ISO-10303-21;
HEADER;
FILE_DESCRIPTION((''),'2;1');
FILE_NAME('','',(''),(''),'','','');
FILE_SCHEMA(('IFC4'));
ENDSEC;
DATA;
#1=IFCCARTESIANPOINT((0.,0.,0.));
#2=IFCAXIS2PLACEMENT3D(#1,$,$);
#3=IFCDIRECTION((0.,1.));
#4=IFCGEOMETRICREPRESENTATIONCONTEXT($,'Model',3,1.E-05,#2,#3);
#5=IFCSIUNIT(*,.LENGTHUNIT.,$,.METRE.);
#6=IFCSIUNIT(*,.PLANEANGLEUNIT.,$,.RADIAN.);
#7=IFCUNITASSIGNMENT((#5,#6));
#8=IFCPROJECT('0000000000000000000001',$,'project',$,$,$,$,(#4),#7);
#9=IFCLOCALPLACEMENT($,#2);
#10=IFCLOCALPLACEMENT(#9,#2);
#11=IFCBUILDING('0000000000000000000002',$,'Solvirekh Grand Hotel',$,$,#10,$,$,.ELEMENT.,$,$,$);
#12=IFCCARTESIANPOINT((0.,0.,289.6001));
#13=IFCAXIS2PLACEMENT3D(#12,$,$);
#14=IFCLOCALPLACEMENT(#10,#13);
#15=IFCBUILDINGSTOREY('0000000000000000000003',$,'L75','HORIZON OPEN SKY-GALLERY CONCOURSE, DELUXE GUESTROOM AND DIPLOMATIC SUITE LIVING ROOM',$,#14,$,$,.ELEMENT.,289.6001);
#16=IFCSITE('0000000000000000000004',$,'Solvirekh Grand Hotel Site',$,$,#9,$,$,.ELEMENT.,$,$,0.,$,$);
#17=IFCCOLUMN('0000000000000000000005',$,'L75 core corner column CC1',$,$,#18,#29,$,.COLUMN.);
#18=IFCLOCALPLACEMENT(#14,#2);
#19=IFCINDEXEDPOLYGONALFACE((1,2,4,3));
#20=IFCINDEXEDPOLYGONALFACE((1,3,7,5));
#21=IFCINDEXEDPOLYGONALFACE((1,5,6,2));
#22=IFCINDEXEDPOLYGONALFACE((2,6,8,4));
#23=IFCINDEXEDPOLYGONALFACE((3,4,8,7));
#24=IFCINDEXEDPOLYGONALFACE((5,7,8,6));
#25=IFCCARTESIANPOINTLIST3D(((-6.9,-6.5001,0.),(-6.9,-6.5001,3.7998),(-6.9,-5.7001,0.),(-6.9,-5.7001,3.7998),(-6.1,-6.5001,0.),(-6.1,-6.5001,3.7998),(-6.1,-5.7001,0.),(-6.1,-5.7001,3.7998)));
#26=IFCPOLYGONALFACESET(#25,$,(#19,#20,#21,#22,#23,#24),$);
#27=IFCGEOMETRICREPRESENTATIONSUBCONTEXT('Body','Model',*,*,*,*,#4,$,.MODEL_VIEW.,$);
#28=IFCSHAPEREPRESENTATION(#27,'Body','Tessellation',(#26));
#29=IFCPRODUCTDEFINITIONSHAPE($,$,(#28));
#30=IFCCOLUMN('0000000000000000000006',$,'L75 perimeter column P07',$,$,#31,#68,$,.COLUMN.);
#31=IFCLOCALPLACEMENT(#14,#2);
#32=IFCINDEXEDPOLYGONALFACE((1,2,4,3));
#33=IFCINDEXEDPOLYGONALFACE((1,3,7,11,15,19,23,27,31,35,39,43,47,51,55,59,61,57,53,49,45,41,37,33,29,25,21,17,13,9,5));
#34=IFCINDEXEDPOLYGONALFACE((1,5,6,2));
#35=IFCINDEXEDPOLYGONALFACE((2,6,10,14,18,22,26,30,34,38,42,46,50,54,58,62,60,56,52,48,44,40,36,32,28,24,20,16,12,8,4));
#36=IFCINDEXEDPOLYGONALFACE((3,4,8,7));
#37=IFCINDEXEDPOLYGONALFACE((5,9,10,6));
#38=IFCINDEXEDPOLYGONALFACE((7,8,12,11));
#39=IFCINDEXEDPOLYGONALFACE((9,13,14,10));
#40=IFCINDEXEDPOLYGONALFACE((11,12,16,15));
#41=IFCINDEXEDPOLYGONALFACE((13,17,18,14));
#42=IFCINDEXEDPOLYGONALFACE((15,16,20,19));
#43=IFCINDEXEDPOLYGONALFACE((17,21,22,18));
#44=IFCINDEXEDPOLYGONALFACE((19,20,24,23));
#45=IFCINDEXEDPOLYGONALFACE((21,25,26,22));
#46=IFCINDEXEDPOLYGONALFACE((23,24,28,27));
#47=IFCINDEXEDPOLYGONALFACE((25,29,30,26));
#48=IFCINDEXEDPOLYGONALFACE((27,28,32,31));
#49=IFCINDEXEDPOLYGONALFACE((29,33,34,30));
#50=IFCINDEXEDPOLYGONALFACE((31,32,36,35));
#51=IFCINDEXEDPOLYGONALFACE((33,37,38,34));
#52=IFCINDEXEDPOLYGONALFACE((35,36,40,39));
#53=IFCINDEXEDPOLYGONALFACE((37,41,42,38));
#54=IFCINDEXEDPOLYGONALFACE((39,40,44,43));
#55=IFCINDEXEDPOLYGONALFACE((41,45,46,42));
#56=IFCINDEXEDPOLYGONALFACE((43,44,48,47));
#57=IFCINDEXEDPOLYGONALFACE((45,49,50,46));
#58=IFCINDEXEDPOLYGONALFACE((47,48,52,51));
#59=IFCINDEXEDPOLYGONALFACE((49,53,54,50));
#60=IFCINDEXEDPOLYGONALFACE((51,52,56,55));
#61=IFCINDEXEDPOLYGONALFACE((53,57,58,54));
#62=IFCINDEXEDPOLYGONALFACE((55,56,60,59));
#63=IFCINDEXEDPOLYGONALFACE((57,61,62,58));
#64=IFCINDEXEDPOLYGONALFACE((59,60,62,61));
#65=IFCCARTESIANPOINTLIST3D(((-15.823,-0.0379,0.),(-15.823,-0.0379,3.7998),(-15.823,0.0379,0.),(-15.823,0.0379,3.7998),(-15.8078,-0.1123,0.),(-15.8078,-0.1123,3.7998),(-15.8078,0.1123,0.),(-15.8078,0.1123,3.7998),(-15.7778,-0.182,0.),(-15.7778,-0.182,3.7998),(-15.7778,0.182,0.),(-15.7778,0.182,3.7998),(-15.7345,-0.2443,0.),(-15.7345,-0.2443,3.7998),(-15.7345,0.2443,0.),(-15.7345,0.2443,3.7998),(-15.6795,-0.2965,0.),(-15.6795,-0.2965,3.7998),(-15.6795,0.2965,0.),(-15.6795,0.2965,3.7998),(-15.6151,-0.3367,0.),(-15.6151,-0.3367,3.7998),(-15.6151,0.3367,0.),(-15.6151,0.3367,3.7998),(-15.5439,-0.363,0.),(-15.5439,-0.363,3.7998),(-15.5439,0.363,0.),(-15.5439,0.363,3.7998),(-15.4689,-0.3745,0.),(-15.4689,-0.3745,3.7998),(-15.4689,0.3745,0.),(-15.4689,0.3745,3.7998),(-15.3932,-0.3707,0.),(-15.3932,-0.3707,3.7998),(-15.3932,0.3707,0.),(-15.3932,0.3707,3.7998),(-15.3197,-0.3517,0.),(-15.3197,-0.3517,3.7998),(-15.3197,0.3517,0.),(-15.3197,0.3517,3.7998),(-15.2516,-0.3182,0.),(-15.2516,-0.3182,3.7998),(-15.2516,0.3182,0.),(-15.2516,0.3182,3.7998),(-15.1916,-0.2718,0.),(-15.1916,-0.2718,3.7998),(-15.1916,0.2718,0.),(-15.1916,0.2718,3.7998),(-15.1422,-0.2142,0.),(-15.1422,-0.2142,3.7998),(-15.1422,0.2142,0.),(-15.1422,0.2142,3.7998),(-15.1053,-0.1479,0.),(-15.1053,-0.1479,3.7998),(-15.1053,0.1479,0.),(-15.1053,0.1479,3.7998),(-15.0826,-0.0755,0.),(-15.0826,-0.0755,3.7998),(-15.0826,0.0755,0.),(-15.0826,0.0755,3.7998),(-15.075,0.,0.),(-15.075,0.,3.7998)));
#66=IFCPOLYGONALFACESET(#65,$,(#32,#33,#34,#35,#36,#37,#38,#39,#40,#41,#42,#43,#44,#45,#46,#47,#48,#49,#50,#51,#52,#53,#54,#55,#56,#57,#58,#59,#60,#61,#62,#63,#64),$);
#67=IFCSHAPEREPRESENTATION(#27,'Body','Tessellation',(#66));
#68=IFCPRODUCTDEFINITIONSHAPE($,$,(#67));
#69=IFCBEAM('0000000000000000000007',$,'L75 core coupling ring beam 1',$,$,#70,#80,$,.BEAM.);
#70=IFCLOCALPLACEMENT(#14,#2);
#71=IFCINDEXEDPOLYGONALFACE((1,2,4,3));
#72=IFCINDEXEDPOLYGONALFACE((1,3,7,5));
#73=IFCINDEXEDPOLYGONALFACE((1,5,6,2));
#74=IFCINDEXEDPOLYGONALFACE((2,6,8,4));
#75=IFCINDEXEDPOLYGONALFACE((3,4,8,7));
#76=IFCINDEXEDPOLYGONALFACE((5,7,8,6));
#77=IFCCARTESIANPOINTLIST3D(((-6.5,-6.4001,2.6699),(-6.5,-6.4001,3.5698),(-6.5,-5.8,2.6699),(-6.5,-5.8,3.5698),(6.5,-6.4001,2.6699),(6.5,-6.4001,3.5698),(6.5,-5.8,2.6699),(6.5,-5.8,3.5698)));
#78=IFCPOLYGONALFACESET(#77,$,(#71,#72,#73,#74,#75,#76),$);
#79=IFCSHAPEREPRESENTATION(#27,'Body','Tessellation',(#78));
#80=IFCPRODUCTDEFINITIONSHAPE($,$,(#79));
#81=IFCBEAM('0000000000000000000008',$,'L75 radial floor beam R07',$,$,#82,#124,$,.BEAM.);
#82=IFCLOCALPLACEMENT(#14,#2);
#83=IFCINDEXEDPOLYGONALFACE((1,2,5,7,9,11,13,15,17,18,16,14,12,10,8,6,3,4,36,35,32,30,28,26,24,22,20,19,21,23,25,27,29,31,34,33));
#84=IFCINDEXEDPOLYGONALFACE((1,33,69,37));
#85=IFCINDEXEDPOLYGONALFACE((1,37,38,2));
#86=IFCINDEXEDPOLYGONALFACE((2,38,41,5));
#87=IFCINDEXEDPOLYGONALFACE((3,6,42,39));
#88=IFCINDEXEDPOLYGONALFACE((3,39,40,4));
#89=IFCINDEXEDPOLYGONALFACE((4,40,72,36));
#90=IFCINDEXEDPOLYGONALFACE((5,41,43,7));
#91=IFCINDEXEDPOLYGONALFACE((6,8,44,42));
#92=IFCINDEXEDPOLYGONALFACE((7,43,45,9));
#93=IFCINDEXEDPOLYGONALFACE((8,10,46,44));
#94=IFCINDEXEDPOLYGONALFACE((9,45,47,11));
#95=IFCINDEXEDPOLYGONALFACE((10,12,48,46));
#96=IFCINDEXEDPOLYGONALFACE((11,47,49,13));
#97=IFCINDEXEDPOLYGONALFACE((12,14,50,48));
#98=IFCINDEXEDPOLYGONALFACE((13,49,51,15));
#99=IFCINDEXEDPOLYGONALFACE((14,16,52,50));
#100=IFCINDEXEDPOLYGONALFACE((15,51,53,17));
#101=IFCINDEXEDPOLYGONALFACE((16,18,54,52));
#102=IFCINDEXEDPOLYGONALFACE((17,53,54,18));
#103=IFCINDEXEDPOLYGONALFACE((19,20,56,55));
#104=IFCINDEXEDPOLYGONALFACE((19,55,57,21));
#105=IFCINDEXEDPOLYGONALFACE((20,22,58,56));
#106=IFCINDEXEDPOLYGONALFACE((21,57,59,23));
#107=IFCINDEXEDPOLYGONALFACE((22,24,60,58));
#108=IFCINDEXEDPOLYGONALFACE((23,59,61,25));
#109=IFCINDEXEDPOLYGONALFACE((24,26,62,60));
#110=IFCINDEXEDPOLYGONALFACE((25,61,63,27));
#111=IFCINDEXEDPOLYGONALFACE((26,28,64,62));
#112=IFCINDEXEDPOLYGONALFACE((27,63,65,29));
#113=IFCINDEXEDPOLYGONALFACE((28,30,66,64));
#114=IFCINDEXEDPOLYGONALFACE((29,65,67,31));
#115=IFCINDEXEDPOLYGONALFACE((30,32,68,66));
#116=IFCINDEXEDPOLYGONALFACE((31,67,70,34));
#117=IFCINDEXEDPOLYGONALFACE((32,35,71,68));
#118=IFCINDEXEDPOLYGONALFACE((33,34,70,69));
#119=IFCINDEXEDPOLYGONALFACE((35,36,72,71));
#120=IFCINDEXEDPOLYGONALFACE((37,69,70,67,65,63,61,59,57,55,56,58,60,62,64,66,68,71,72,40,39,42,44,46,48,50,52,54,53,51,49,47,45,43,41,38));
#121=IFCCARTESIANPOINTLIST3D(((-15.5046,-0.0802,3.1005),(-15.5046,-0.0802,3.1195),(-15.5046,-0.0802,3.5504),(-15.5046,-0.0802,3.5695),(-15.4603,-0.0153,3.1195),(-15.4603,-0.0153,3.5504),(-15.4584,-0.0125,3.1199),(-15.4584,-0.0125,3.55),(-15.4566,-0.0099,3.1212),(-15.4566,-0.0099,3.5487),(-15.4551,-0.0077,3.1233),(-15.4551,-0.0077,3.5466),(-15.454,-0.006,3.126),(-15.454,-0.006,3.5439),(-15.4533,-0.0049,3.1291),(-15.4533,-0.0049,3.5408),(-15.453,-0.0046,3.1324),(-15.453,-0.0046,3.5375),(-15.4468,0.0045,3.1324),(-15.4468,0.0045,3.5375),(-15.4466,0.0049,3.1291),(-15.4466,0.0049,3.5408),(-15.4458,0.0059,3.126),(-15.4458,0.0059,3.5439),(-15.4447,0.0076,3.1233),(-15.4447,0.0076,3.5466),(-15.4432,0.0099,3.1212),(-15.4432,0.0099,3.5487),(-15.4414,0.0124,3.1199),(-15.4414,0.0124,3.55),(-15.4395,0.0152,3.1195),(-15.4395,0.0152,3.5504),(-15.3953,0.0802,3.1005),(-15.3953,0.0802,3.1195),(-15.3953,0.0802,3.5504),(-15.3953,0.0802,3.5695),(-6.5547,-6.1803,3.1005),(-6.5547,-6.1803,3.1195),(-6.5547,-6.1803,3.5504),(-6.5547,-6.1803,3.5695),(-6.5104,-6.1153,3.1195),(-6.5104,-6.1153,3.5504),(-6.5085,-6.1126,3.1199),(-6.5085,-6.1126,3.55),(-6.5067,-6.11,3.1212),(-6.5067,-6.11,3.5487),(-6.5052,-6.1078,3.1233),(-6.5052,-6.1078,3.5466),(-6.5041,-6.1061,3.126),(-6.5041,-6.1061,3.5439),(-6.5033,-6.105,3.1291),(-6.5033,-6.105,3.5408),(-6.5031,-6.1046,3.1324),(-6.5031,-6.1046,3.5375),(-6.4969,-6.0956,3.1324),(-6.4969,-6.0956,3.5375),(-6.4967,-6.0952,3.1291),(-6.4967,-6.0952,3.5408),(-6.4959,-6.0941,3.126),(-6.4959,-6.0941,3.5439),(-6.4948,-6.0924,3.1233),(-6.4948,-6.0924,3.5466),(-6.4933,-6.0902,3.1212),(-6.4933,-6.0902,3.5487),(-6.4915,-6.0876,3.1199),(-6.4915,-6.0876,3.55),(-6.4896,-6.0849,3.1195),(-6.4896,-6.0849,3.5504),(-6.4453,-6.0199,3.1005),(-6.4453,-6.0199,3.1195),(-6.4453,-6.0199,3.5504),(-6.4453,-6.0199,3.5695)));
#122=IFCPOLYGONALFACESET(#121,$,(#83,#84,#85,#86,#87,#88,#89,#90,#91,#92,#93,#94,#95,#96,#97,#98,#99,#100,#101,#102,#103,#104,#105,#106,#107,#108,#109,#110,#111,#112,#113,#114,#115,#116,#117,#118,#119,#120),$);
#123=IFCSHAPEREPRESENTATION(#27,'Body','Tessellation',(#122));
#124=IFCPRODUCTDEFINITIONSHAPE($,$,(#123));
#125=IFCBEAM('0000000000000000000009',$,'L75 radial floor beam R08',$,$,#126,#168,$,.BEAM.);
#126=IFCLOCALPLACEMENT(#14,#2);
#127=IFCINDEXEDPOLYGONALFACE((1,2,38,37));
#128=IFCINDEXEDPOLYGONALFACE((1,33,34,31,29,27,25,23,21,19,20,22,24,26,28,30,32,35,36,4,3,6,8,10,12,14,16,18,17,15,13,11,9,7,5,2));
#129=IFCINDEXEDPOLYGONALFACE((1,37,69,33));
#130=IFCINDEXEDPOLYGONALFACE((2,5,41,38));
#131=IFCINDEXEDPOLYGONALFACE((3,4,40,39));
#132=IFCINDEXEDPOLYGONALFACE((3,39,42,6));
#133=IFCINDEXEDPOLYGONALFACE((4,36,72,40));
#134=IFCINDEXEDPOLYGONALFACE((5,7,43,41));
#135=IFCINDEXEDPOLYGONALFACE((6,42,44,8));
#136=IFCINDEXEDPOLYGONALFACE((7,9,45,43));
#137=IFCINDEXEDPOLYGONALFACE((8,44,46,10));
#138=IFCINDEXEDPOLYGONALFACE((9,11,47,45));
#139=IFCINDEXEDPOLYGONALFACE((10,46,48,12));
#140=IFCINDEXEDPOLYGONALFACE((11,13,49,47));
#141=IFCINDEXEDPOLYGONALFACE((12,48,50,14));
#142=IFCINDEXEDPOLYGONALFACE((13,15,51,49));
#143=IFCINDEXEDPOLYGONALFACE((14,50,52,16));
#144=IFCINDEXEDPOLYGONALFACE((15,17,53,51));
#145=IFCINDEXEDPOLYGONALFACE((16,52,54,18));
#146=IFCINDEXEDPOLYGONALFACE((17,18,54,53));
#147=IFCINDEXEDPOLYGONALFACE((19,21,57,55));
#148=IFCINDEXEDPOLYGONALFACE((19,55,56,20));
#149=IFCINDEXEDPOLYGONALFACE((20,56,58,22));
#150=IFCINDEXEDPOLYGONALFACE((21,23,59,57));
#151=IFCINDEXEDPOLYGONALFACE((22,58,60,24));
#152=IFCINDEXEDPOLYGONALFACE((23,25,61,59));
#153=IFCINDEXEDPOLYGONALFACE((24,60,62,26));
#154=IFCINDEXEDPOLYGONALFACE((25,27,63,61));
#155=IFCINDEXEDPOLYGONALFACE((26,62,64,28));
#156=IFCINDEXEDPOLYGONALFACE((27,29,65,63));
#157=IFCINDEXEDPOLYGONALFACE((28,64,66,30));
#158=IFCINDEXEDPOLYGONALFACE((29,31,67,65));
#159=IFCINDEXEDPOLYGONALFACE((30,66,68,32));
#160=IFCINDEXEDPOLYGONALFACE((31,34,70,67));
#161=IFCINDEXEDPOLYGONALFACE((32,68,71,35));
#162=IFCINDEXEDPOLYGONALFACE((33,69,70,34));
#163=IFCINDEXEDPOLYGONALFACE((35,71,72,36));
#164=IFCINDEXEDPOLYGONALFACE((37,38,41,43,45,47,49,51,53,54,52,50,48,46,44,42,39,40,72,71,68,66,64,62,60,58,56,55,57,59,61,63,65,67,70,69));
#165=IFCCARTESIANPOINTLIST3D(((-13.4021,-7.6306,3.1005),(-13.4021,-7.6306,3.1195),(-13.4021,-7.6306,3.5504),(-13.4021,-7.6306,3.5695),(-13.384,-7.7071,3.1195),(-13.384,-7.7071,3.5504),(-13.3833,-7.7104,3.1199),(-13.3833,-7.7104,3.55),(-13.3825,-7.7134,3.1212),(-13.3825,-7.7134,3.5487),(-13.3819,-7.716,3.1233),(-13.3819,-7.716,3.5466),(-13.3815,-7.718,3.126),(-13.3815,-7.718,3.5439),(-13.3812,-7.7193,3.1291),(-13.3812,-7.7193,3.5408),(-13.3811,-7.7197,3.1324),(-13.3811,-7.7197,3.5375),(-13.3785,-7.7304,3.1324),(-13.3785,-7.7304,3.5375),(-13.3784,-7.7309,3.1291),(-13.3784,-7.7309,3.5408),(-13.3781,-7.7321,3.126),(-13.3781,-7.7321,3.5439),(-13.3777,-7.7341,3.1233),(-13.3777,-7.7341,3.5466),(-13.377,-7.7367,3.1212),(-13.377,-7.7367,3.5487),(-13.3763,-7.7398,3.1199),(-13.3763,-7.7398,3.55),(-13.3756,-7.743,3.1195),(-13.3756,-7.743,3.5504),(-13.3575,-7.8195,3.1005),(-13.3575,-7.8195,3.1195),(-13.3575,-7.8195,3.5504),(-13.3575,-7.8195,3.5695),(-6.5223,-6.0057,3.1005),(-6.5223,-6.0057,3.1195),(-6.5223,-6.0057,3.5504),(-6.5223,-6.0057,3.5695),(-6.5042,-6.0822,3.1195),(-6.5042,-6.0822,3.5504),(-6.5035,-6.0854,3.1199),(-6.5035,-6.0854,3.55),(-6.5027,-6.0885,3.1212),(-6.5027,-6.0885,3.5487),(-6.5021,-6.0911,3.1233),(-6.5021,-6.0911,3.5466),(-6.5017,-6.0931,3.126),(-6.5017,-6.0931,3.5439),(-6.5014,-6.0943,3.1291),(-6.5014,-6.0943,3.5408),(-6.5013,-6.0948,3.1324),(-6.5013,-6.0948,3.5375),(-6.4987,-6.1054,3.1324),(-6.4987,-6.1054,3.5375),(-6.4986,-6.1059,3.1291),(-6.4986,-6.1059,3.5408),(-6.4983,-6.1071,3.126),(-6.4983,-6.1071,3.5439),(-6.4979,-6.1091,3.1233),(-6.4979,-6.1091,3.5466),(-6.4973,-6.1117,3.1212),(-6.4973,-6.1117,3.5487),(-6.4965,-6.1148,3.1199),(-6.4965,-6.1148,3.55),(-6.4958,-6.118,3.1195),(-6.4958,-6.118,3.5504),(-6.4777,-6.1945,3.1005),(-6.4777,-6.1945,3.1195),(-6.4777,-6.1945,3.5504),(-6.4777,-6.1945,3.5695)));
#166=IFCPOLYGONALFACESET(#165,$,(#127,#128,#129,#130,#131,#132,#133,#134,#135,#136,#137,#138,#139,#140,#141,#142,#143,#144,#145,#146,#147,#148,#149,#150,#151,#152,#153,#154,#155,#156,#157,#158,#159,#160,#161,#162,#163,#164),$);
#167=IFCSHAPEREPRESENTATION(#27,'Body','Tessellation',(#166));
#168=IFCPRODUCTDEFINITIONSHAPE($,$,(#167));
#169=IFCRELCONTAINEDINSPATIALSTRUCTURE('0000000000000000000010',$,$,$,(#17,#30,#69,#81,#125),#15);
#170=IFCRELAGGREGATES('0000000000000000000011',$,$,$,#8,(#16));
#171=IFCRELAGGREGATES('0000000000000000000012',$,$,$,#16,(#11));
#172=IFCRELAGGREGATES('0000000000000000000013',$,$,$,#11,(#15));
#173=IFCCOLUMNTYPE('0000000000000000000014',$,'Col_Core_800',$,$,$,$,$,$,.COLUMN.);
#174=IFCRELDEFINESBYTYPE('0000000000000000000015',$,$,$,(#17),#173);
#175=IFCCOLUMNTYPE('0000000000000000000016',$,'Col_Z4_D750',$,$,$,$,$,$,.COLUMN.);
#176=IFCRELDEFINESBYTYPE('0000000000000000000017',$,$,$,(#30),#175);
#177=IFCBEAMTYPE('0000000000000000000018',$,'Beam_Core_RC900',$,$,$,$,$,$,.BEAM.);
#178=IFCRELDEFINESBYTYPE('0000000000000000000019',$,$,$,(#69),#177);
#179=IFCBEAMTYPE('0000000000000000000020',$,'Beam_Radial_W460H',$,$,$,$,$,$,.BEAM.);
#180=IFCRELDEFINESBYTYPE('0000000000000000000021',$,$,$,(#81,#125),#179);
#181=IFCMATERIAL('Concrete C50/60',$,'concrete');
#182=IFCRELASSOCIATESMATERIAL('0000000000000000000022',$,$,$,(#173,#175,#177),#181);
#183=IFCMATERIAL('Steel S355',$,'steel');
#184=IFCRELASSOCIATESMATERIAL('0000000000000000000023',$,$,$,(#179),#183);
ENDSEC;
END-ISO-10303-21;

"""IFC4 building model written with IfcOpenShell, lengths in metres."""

from ifc_helpers import new_model, si_unit, direction, frame, origin, origin_2d, place, context, subcontext, project, spatial, rectangle, circle, i_section, extrude, material, material_profile, profile_set, type_object, element, save


model = new_model("IFC4")

# Units and contexts
model_context = context("Model", 3, precision=1e-05, world=origin(), true_north=direction((0.0, 1.0)))
body_context = subcontext(model_context, "Body", "Model", "MODEL_VIEW")
ifc_project = project(units=[si_unit("LENGTHUNIT", "METRE"), si_unit("PLANEANGLEUNIT", "RADIAN")], contexts=[model_context])

# Site, building, storey
site_placement = place(None, origin())
site = spatial("IfcSite", under=ifc_project, at=site_placement, Name="Solvirekh Grand Hotel Site", CompositionType="ELEMENT", RefElevation=0.0)
building_placement = place(site_placement, origin())
building = spatial("IfcBuilding", under=site, at=building_placement, Name="Solvirekh Grand Hotel", CompositionType="ELEMENT")
storey_placement = place(building_placement, frame((0.0, 0.0, 289.6001)))
storey = spatial("IfcBuildingStorey", under=building, at=storey_placement, Name="L75", Description="HORIZON OPEN SKY-GALLERY CONCOURSE, DELUXE GUESTROOM AND DIPLOMATIC SUITE LIVING ROOM", CompositionType="ELEMENT", Elevation=289.6001)

# Columns
ifc_material_1 = material(Name="Concrete C50/60", Category="concrete")
ifc_material_profile_1 = material_profile(ifc_material_1, rectangle(XDim=0.8, YDim=0.8, at=origin_2d()), Name="RC 800X800")
ifc_profile_set_1 = profile_set([ifc_material_profile_1], Name="Concrete C50/60")
column_type_1 = type_object("IfcColumnType", Name="Col_Core_800", PredefinedType="COLUMN", material=ifc_profile_set_1)
column_1_placement = place(storey_placement, frame((-6.5, -6.1001, 0.0), z_axis=(0.0, 0.0, 1.0), x_axis=(1.0, 0.0, 0.0)))
element("IfcColumn", 1, at=column_1_placement, inside=storey, type_object=column_type_1, Name="L75 core corner column CC1", PredefinedType="COLUMN", context=body_context, shape_type="SweptSolid", body=[
    extrude(rectangle(XDim=0.8, YDim=0.8, at=origin_2d()), origin(), (0.0, 0.0, 1.0), 3.7998),
])
ifc_material_profile_2 = material_profile(ifc_material_1, circle(Radius=0.375, at=origin_2d()), Name="RC CIRC D750")
ifc_profile_set_2 = profile_set([ifc_material_profile_2], Name="Concrete C50/60")
column_type_2 = type_object("IfcColumnType", Name="Col_Z4_D750", PredefinedType="COLUMN", material=ifc_profile_set_2)
column_2_placement = place(storey_placement, frame((-15.45, 0.0, 0.0), z_axis=(0.0, 0.0, 1.0), x_axis=(1.0, 0.0, 0.0)))
element("IfcColumn", 2, at=column_2_placement, inside=storey, type_object=column_type_2, Name="L75 perimeter column P07", PredefinedType="COLUMN", context=body_context, shape_type="SweptSolid", body=[
    extrude(circle(Radius=0.375, at=origin_2d()), origin(), (0.0, 0.0, 1.0), 3.7998),
])

# Beams
ifc_material_profile_3 = material_profile(ifc_material_1, rectangle(XDim=0.6001, YDim=0.8999, at=origin_2d()), Name="RC BEAM 600X900")
ifc_profile_set_3 = profile_set([ifc_material_profile_3], Name="Concrete C50/60")
beam_type_1 = type_object("IfcBeamType", Name="Beam_Core_RC900", PredefinedType="BEAM", material=ifc_profile_set_3)
beam_1_placement = place(storey_placement, frame((-6.5, -6.1001, 3.1199), z_axis=(1.0, 0.0, 0.0), x_axis=(0.0, 1.0, 0.0)))
element("IfcBeam", 3, at=beam_1_placement, inside=storey, type_object=beam_type_1, Name="L75 core coupling ring beam 1", PredefinedType="BEAM", context=body_context, shape_type="SweptSolid", body=[
    extrude(rectangle(XDim=0.6001, YDim=0.8999, at=origin_2d()), origin(), (0.0, 0.0, 1.0), 13.0),
])
ifc_material_2 = material(Name="Steel S355", Category="steel")
ifc_material_profile_4 = material_profile(ifc_material_2, i_section(OverallWidth=0.1941, OverallDepth=0.469, WebThickness=0.011, FlangeThickness=0.019, FilletRadius=0.0129, at=origin_2d()), Name="W460X106")
ifc_profile_set_4 = profile_set([ifc_material_profile_4], Name="Steel S355")
beam_type_2 = type_object("IfcBeamType", Name="Beam_Radial_W460H", PredefinedType="BEAM", material=ifc_profile_set_4)
beam_2_placement = place(storey_placement, frame((-6.5, -6.1001, 3.335), z_axis=(-0.826319, 0.563202, 0.0), x_axis=(-0.563202, -0.826319, 0.0)))
element("IfcBeam", 4, at=beam_2_placement, inside=storey, type_object=beam_type_2, Name="L75 radial floor beam R07", PredefinedType="BEAM", context=body_context, shape_type="SweptSolid", body=[
    extrude(i_section(OverallWidth=0.1941, OverallDepth=0.469, WebThickness=0.011, FlangeThickness=0.019, FilletRadius=0.0129, at=origin_2d()), origin(), (0.0, 0.0, 1.0), 10.8311),
])
beam_3_placement = place(storey_placement, frame((-6.5, -6.1001, 3.335), z_axis=(-0.973221, -0.229871, 0.0), x_axis=(0.229871, -0.973221, 0.0)))
element("IfcBeam", 5, at=beam_3_placement, inside=storey, type_object=beam_type_2, Name="L75 radial floor beam R08", PredefinedType="BEAM", context=body_context, shape_type="SweptSolid", body=[
    extrude(i_section(OverallWidth=0.1941, OverallDepth=0.469, WebThickness=0.011, FlangeThickness=0.019, FilletRadius=0.0129, at=origin_2d()), origin(), (0.0, 0.0, 1.0), 7.0691),
])

save(model, "model.ifc")
